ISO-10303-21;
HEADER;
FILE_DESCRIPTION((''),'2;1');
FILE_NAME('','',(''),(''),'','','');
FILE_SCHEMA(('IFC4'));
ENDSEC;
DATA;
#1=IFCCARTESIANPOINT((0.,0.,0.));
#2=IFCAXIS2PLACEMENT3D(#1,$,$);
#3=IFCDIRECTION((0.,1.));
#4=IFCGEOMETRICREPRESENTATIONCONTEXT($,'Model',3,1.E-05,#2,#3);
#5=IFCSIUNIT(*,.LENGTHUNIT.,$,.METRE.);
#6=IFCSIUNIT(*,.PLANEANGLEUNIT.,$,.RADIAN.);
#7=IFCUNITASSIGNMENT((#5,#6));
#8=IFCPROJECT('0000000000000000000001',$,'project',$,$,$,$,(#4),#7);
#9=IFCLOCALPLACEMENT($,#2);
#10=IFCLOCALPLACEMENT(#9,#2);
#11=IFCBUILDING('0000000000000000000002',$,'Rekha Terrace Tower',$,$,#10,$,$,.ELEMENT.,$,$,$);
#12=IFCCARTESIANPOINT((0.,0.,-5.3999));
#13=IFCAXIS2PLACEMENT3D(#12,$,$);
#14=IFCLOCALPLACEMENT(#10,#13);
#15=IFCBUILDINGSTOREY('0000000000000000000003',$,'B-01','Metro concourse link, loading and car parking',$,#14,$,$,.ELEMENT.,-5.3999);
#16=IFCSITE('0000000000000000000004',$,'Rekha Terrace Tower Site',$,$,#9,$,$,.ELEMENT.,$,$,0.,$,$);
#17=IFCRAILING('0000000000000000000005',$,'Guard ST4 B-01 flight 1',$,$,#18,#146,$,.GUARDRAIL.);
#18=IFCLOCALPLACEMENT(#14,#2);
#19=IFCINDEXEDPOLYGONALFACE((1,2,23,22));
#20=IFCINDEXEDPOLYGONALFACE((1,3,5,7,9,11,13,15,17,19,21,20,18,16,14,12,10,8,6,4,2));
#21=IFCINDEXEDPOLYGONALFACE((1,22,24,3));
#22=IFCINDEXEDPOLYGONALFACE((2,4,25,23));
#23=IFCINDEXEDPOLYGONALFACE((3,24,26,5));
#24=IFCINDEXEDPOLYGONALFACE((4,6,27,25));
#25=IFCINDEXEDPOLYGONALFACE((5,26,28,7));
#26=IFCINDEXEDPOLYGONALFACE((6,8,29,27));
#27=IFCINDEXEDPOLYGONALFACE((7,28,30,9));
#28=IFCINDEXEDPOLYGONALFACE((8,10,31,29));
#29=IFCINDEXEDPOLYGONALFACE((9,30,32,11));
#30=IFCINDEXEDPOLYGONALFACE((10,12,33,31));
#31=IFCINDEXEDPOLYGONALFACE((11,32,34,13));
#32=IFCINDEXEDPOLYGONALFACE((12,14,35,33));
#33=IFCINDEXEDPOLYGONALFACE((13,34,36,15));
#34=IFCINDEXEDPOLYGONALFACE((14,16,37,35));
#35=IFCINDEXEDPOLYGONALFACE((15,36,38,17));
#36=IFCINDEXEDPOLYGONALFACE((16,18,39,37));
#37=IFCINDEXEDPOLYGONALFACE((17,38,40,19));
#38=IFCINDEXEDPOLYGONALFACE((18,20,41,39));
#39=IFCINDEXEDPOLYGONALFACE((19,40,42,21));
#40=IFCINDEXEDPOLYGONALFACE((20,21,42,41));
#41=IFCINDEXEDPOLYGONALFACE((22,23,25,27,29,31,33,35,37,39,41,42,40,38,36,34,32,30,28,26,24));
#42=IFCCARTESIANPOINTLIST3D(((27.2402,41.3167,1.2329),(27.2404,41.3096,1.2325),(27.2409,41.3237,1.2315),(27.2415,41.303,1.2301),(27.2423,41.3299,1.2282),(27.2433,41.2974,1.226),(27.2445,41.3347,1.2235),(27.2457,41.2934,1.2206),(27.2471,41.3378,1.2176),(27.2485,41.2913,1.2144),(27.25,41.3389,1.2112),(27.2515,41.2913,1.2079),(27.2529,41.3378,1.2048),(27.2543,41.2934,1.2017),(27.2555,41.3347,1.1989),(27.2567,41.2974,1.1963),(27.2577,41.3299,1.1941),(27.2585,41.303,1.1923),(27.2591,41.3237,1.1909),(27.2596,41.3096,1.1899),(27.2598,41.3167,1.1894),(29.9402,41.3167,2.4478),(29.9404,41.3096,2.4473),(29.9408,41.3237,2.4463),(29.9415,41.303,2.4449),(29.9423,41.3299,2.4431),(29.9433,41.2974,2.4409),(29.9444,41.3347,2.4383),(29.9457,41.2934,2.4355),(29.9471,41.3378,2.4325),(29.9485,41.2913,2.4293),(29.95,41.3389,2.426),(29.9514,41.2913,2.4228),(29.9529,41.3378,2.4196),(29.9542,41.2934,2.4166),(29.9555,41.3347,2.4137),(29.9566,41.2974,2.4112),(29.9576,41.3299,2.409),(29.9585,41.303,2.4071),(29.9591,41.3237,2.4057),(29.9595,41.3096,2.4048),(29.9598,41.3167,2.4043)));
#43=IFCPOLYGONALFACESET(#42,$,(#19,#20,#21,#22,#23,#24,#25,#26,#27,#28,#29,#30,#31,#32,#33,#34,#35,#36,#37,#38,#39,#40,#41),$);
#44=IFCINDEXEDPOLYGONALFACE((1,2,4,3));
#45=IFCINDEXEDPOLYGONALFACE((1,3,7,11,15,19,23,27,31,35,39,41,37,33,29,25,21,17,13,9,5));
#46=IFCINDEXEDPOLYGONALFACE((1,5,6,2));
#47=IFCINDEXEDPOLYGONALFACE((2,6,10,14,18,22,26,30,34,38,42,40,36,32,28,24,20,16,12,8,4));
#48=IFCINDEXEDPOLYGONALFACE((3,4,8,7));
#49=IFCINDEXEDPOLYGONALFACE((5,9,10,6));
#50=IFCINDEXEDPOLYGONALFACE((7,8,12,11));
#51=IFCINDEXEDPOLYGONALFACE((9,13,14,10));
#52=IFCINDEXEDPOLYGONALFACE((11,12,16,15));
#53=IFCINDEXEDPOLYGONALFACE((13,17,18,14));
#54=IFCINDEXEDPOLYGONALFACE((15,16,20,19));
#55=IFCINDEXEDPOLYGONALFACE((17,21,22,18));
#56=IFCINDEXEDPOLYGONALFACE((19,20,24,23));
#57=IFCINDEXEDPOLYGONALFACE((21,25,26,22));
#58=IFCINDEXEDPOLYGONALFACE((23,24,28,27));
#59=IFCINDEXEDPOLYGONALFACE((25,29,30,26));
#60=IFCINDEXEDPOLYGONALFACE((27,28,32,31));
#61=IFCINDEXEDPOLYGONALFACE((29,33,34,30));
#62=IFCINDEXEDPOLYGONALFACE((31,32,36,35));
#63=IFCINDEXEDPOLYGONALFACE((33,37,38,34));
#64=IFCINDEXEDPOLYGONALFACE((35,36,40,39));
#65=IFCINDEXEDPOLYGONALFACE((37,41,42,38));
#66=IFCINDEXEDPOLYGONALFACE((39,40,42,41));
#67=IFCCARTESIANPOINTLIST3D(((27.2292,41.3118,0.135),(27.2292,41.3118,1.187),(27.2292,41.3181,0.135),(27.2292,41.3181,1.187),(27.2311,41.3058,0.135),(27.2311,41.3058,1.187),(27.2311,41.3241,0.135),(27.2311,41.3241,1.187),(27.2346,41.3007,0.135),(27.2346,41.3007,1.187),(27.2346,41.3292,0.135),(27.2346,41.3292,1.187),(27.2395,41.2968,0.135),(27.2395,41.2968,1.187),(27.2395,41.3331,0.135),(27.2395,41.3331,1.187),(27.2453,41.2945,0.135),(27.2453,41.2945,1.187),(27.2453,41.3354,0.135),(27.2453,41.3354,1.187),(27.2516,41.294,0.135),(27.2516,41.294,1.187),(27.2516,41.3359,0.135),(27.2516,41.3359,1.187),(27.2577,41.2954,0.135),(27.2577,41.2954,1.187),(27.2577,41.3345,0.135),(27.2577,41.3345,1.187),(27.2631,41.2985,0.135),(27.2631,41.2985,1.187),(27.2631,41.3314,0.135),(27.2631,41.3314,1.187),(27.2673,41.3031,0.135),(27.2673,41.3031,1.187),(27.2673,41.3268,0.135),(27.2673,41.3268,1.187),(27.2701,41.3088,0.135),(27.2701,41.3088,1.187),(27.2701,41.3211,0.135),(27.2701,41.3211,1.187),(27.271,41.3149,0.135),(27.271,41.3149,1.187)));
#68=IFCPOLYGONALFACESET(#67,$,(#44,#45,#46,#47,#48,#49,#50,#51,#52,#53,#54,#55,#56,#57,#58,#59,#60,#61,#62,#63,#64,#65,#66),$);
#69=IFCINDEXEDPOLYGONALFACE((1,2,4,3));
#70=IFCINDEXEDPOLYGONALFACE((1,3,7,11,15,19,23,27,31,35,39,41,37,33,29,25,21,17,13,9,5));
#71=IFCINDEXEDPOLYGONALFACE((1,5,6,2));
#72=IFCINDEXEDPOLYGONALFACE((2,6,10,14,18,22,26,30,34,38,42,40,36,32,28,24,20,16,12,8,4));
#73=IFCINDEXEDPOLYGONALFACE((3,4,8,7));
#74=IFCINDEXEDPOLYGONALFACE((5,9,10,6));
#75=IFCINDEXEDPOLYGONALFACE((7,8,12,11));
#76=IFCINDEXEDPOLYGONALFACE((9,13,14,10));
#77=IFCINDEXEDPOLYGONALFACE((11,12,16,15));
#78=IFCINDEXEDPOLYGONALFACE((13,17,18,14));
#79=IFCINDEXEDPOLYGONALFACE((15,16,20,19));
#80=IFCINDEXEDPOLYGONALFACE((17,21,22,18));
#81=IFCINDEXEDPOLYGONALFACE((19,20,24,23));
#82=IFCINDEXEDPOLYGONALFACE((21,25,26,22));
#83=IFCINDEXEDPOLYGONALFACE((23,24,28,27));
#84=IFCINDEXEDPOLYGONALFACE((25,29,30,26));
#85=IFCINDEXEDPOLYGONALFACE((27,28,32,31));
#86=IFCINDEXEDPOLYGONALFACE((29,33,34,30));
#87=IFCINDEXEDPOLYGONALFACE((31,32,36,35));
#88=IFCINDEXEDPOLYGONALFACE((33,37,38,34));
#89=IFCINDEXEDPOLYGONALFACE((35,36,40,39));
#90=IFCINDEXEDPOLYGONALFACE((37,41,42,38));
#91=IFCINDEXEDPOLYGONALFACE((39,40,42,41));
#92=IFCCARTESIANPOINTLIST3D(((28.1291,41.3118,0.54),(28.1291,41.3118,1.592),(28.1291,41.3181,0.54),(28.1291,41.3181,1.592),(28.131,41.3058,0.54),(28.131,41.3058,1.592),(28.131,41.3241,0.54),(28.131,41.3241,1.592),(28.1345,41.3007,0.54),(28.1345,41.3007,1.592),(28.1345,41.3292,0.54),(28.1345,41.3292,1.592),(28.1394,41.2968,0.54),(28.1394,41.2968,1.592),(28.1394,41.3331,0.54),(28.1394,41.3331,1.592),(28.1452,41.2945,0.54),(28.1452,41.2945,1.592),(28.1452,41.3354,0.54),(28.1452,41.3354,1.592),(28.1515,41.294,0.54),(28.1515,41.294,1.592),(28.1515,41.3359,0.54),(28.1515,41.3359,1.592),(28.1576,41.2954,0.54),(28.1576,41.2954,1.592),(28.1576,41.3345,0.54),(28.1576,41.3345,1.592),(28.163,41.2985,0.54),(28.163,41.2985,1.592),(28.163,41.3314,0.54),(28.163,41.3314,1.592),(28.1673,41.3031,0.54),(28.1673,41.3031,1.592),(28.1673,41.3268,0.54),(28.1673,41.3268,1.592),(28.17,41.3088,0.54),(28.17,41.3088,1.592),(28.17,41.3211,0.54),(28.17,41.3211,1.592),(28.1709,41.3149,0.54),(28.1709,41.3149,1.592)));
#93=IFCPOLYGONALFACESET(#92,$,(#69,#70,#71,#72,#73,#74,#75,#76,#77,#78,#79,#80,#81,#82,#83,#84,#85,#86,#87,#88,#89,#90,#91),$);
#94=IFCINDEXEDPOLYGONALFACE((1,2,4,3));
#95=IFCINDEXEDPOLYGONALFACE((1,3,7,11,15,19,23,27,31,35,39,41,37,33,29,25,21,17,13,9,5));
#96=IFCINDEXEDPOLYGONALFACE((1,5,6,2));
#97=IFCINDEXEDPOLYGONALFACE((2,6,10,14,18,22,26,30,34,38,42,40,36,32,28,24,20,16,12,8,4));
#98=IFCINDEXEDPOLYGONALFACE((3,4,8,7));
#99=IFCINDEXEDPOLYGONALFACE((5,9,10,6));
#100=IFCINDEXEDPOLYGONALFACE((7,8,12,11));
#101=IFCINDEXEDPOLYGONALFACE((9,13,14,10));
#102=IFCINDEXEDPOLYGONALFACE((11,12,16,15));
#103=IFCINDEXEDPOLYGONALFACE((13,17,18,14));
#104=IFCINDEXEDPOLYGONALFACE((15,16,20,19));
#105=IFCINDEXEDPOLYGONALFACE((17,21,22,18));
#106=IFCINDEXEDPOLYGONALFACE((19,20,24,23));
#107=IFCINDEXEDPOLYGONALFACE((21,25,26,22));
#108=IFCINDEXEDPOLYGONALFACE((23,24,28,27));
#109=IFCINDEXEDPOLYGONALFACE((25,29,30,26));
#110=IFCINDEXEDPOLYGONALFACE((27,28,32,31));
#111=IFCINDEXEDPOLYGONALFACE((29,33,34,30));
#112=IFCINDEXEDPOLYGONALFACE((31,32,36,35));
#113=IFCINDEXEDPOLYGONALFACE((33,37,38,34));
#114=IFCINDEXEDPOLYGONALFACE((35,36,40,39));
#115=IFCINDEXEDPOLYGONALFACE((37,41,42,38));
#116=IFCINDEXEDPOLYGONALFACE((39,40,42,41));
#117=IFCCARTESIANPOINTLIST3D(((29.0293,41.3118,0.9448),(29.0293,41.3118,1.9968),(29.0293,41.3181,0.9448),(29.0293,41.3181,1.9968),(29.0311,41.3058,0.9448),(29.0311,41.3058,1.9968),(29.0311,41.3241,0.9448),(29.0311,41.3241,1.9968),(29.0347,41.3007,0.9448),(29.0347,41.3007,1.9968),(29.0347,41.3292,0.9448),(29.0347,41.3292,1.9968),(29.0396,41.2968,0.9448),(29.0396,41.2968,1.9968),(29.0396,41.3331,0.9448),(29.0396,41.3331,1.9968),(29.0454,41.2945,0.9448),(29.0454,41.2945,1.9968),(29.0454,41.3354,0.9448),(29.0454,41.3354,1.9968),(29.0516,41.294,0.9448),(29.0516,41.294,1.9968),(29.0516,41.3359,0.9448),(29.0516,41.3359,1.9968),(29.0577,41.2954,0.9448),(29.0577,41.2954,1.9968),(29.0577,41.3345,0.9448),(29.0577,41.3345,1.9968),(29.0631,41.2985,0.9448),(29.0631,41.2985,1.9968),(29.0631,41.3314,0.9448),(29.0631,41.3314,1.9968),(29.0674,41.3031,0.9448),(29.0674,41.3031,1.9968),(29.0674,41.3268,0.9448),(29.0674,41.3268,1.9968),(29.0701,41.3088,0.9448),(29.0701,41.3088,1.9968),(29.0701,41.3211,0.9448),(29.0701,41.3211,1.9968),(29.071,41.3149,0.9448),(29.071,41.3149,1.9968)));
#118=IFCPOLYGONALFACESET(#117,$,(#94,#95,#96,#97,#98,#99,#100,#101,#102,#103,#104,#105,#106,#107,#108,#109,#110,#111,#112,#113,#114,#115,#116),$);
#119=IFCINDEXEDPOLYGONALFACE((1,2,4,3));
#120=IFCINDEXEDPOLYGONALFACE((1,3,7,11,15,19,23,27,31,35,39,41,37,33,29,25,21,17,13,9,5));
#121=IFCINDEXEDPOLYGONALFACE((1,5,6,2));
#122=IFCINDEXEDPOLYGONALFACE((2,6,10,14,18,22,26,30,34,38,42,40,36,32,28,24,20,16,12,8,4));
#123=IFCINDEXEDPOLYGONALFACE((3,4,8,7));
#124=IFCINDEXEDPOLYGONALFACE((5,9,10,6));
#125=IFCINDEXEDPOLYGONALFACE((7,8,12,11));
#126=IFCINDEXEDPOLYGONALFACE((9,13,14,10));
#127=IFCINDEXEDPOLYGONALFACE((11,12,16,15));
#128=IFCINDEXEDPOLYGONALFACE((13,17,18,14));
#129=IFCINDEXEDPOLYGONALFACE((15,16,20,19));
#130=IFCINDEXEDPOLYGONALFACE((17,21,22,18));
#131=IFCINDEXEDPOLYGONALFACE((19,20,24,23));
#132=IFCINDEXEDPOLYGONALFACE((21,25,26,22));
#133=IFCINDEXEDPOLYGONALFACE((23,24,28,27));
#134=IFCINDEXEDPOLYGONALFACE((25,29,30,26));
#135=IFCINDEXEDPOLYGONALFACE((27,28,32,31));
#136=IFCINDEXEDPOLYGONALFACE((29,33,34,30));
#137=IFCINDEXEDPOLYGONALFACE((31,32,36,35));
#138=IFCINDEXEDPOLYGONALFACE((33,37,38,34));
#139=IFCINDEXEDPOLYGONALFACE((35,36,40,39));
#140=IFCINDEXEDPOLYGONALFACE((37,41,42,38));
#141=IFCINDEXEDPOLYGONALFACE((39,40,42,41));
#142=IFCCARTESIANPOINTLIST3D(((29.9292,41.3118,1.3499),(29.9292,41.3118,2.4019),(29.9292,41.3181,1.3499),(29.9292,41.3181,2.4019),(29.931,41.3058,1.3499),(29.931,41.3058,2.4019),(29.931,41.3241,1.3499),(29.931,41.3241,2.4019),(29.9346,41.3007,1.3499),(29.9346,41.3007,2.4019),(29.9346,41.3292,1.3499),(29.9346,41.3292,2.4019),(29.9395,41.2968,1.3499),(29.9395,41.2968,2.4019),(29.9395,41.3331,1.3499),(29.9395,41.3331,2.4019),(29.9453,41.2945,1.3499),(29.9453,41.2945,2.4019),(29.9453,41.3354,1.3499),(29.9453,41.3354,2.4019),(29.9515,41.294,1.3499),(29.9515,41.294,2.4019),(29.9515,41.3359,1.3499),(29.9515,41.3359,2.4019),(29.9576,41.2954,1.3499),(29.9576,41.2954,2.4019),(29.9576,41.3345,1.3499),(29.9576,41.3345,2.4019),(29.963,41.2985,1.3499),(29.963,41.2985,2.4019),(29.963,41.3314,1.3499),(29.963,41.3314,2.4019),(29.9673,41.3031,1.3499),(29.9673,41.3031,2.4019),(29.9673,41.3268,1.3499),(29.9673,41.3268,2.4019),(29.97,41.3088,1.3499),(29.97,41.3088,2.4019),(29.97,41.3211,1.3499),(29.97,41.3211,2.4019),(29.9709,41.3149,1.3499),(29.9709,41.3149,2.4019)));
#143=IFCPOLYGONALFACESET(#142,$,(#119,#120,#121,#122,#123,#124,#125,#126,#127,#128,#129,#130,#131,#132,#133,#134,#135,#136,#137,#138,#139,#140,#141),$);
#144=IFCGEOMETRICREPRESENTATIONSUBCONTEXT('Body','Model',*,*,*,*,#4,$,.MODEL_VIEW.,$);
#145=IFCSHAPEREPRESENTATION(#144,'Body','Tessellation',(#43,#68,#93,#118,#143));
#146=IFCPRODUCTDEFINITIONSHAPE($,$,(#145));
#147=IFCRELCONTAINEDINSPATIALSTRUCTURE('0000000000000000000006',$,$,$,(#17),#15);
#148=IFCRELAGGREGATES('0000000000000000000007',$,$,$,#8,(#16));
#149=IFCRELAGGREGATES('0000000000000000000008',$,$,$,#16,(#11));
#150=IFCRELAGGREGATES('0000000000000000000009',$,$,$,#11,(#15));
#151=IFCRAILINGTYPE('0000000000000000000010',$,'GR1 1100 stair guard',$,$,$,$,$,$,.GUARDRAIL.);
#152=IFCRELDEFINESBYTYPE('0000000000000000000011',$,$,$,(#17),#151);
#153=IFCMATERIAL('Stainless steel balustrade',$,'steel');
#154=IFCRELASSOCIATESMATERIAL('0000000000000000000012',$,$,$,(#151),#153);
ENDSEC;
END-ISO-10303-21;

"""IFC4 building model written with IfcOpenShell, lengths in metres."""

from ifc_helpers import new_model, si_unit, direction, frame, origin, origin_2d, place, context, subcontext, project, spatial, circle, extrude, material, type_object, element, save


model = new_model("IFC4")

# Units and contexts
model_context = context("Model", 3, precision=1e-05, world=origin(), true_north=direction((0.0, 1.0)))
body_context = subcontext(model_context, "Body", "Model", "MODEL_VIEW")
ifc_project = project(units=[si_unit("LENGTHUNIT", "METRE"), si_unit("PLANEANGLEUNIT", "RADIAN")], contexts=[model_context])

# Site, building, storey
site_placement = place(None, origin())
site = spatial("IfcSite", under=ifc_project, at=site_placement, Name="Rekha Terrace Tower Site", CompositionType="ELEMENT", RefElevation=0.0)
building_placement = place(site_placement, origin())
building = spatial("IfcBuilding", under=site, at=building_placement, Name="Rekha Terrace Tower", CompositionType="ELEMENT")
storey_placement = place(building_placement, frame((0.0, 0.0, -5.3999)))
storey = spatial("IfcBuildingStorey", under=building, at=storey_placement, Name="B-01", Description="Metro concourse link, loading and car parking", CompositionType="ELEMENT", Elevation=-5.3999)

# Railing
ifc_material_1 = material(Name="Stainless steel balustrade", Category="steel")
railing_type_1 = type_object("IfcRailingType", Name="GR1 1100 stair guard", PredefinedType="GUARDRAIL", material=ifc_material_1)
railing_1_placement = place(storey_placement, frame((27.25, 41.3149, 0.135)))
element("IfcRailing", 1, at=railing_1_placement, inside=storey, type_object=railing_type_1, Name="Guard ST4 B-01 flight 1", PredefinedType="GUARDRAIL", context=body_context, shape_type="SweptSolid", body=[
    extrude(circle(Radius=0.0239, at=origin_2d()), frame((0.0, 0.0, 1.0762), z_axis=(0.911938, 0.0, 0.410327), x_axis=(0.0, 1.0, 0.0)), (0.0, 0.0, 1.0), 2.9607),
    extrude(circle(Radius=0.021, at=origin_2d()), origin(), (0.0, 0.0, 1.0), 1.052),
    extrude(circle(Radius=0.021, at=origin_2d()), frame((0.8999, 0.0, 0.405)), (0.0, 0.0, 1.0), 1.052),
    extrude(circle(Radius=0.021, at=origin_2d()), frame((1.8, 0.0, 0.8098)), (0.0, 0.0, 1.0), 1.052),
    extrude(circle(Radius=0.021, at=origin_2d()), frame((2.7, 0.0, 1.2148)), (0.0, 0.0, 1.0), 1.052),
])

save(model, "model.ifc")
